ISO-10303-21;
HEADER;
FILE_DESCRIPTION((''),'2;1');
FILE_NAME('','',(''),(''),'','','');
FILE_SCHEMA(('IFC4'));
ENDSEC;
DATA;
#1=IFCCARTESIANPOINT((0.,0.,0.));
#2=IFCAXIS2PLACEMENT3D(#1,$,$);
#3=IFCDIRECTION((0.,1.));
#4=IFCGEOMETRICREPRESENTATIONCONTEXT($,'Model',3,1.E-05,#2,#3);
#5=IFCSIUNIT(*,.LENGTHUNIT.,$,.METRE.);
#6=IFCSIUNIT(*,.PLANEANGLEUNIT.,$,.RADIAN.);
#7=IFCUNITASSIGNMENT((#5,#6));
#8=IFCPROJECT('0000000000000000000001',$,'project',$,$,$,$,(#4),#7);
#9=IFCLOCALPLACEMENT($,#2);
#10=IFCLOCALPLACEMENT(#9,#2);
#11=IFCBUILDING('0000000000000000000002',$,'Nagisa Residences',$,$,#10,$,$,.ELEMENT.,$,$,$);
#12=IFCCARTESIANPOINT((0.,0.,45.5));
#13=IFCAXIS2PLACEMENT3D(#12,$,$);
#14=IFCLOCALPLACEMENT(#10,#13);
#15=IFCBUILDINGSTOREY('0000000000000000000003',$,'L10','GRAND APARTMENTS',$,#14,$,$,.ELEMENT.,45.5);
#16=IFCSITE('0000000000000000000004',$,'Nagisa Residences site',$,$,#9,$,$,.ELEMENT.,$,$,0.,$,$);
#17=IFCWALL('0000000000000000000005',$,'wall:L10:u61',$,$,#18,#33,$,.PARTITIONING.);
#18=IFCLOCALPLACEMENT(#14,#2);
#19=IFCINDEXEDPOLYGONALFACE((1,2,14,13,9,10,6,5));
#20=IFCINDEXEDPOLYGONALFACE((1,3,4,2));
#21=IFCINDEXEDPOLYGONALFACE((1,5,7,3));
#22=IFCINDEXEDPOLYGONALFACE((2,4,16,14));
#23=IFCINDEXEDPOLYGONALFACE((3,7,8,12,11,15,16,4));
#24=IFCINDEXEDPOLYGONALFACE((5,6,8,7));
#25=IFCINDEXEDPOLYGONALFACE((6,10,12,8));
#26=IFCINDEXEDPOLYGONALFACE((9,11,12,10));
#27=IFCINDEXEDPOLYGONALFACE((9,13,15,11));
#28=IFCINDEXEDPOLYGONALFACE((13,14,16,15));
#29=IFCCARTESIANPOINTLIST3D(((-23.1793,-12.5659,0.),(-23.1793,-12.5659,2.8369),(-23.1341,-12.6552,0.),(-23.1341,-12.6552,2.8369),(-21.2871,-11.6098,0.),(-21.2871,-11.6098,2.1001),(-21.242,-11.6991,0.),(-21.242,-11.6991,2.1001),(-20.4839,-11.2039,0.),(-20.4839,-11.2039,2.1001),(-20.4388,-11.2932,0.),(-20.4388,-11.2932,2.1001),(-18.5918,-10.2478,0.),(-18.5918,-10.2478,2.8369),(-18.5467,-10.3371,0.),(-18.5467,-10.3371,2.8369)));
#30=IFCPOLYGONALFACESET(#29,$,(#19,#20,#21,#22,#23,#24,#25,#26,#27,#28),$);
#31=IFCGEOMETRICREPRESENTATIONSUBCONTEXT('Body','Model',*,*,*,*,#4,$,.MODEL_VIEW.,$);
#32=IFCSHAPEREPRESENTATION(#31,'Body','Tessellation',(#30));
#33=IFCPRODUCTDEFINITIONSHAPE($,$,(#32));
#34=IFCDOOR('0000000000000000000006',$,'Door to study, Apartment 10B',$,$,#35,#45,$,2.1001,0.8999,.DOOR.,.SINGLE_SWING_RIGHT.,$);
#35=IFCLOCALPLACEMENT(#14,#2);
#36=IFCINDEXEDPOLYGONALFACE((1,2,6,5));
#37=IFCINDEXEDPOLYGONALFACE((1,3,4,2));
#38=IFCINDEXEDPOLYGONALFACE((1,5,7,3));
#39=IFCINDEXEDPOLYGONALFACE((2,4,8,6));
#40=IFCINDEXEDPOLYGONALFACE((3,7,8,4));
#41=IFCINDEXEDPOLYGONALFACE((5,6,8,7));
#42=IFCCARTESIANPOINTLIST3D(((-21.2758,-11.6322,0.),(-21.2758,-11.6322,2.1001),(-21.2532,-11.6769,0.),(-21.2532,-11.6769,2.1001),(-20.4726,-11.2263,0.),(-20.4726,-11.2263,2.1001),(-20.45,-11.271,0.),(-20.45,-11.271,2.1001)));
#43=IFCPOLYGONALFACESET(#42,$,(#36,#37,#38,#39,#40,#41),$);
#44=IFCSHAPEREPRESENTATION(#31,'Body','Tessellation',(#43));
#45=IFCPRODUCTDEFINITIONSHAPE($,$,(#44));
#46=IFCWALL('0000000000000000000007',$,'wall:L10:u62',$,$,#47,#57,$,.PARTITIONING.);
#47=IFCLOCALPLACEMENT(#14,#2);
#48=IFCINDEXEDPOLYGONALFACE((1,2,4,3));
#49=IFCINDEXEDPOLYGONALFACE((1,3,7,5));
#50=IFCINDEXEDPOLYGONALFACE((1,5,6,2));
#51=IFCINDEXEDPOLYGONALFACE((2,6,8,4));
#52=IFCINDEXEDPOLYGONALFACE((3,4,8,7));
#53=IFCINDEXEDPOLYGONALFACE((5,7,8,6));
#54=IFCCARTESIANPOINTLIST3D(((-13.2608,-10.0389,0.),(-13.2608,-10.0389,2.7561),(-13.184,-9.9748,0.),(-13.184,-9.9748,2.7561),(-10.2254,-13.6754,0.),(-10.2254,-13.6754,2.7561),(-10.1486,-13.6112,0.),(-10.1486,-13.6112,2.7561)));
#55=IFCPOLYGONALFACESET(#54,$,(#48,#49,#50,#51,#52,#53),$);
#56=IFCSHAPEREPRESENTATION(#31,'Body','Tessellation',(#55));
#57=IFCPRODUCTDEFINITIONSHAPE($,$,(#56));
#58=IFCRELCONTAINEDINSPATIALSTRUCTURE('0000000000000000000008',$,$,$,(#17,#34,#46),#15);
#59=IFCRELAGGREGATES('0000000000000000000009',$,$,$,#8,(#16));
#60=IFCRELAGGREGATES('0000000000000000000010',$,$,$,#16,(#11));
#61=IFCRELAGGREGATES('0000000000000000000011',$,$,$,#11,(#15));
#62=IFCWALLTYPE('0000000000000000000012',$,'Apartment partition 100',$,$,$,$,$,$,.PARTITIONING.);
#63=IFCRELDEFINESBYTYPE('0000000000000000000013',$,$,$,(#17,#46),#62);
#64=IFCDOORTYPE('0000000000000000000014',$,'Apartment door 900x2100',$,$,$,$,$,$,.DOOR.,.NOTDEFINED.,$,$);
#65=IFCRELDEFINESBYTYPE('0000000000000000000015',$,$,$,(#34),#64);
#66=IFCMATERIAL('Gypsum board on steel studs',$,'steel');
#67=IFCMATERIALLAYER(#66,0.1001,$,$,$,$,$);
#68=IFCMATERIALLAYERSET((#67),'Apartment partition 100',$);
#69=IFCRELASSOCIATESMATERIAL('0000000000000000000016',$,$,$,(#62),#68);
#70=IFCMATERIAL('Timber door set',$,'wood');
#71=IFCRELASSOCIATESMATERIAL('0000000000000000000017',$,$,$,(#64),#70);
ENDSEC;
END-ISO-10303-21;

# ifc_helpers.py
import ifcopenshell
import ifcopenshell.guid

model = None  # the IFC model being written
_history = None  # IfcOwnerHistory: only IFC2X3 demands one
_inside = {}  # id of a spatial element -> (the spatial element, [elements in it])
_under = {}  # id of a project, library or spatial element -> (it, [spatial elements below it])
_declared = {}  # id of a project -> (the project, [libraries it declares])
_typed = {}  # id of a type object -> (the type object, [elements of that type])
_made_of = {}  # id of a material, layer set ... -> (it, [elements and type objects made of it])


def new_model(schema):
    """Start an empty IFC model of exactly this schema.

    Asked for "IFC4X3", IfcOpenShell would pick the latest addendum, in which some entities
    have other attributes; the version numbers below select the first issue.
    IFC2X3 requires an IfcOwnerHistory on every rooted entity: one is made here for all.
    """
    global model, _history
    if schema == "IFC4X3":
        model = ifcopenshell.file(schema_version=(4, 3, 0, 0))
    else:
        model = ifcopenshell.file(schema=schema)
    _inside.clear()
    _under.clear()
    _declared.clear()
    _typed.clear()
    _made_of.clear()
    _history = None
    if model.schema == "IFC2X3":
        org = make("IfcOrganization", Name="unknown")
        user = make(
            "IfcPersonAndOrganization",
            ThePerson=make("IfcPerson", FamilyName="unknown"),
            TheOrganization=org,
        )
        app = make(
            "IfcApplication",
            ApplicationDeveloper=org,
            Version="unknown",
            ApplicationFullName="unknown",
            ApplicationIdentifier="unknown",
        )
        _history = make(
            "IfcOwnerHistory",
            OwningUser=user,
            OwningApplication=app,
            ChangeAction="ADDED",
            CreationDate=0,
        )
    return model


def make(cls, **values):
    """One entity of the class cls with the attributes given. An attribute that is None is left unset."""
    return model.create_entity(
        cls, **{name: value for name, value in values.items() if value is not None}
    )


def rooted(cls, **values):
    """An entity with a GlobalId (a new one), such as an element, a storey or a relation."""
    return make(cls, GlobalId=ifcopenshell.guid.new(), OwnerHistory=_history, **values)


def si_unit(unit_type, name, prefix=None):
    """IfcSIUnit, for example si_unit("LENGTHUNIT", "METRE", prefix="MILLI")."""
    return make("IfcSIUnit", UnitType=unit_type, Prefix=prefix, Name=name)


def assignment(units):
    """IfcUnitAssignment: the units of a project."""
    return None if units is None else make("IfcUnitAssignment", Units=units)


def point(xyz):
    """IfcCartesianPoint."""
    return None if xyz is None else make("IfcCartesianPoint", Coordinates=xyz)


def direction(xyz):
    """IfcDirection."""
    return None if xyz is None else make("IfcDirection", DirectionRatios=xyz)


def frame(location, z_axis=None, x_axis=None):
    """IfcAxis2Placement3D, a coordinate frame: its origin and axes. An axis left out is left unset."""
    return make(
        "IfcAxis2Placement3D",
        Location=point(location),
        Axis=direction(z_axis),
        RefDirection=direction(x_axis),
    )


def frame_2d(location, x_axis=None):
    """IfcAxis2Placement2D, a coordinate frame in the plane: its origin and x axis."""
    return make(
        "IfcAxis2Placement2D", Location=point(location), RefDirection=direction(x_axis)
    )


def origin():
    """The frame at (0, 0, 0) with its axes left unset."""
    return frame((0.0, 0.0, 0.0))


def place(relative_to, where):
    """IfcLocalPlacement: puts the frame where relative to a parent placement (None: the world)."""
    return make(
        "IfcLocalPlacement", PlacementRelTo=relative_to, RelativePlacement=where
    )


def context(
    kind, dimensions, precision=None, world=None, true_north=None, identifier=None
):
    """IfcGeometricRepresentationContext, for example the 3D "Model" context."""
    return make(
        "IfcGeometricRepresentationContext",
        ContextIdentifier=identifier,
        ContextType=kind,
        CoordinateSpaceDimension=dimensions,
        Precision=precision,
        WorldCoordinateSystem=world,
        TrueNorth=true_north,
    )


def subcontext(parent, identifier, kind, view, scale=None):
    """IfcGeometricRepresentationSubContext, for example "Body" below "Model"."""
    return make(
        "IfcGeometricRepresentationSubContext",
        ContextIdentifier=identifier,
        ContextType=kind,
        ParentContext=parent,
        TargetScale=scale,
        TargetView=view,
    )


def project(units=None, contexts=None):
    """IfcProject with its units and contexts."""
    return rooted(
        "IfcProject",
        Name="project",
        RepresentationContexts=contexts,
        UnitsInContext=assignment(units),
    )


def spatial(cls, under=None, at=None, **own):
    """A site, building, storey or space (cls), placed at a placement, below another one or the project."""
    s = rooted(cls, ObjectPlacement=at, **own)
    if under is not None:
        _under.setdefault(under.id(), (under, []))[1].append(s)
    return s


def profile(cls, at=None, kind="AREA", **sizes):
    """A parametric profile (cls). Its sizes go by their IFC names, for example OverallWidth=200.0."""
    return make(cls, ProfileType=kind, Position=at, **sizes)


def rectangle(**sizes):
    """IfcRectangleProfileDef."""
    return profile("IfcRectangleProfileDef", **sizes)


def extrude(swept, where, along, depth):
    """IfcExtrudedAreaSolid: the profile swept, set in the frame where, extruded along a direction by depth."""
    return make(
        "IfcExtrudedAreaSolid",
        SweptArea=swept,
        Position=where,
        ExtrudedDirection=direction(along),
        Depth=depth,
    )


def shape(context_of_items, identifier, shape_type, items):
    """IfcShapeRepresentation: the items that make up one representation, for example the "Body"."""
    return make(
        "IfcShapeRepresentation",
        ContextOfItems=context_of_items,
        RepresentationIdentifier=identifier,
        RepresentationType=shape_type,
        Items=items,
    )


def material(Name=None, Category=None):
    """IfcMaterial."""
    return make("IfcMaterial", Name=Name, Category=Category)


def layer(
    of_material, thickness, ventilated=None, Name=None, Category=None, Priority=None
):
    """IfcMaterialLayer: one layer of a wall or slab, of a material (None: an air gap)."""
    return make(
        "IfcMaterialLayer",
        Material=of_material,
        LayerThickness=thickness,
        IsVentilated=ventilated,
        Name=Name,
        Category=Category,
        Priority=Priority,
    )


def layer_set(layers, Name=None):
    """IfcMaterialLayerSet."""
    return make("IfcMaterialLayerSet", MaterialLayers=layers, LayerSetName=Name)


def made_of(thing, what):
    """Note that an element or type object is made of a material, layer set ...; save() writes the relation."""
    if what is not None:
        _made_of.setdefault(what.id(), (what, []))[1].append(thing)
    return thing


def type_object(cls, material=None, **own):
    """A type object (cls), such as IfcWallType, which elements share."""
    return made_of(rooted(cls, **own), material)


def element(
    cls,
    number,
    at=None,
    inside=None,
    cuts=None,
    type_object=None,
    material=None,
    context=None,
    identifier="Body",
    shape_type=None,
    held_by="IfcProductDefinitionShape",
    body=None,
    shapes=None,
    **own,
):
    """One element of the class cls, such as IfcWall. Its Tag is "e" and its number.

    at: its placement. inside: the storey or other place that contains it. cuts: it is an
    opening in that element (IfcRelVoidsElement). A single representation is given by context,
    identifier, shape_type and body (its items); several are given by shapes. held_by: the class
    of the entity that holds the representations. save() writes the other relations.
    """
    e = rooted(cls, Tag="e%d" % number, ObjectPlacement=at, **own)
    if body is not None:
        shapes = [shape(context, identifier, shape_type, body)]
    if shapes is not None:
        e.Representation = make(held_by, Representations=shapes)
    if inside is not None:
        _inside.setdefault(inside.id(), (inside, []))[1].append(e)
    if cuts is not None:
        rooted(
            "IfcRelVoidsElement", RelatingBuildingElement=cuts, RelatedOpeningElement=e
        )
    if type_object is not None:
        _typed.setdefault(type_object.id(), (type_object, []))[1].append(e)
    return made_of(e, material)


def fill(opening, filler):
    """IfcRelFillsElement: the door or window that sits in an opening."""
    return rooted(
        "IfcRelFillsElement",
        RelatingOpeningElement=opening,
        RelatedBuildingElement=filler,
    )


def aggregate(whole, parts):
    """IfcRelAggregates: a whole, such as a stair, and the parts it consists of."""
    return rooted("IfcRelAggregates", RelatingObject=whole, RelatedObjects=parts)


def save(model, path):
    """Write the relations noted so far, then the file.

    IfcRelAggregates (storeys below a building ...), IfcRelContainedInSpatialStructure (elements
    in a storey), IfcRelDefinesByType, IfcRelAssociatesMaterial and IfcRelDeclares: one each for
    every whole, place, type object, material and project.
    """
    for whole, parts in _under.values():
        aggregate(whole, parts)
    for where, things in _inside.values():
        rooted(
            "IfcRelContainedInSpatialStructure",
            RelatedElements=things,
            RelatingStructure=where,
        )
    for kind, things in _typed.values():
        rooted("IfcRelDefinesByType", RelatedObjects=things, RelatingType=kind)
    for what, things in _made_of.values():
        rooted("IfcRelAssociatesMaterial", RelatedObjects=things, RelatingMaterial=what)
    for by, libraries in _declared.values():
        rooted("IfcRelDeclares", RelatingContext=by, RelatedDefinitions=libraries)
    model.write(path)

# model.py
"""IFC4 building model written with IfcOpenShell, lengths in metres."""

from ifc_helpers import new_model, si_unit, direction, frame, frame_2d, origin, place, context, subcontext, project, spatial, rectangle, extrude, material, layer, layer_set, type_object, element, fill, save


model = new_model("IFC4")

# Units and contexts
model_context = context("Model", 3, precision=1e-05, world=origin(), true_north=direction((0.0, 1.0)))
body_context = subcontext(model_context, "Body", "Model", "MODEL_VIEW")
ifc_project = project(units=[si_unit("LENGTHUNIT", "METRE"), si_unit("PLANEANGLEUNIT", "RADIAN")], contexts=[model_context])

# Site, building, storey
site_placement = place(None, origin())
site = spatial("IfcSite", under=ifc_project, at=site_placement, Name="Nagisa Residences site", CompositionType="ELEMENT", RefElevation=0.0)
building_placement = place(site_placement, origin())
building = spatial("IfcBuilding", under=site, at=building_placement, Name="Nagisa Residences", CompositionType="ELEMENT")
storey_placement = place(building_placement, frame((0.0, 0.0, 45.5)))
storey = spatial("IfcBuildingStorey", under=building, at=storey_placement, Name="L10", Description="GRAND APARTMENTS", CompositionType="ELEMENT", Elevation=45.5)

# Shared definitions
ifc_material_1 = material(Name="Gypsum board on steel studs", Category="steel")
ifc_layer_1 = layer(ifc_material_1, 0.1001)
ifc_layer_set_1 = layer_set([ifc_layer_1], Name="Apartment partition 100")
wall_type_1 = type_object("IfcWallType", Name="Apartment partition 100", PredefinedType="PARTITIONING", material=ifc_layer_set_1)
ifc_material_2 = material(Name="Timber door set", Category="wood")
door_type_1 = type_object("IfcDoorType", Name="Apartment door 900x2100", OperationType="NOTDEFINED", PredefinedType="DOOR", material=ifc_material_2)

# Wall, opening, door
wall_1_placement = place(storey_placement, frame((-18.5693, -10.2925, 0.0), z_axis=(0.0, 0.0, 1.0), x_axis=(-0.892519, -0.45101, 0.0)))
wall_1 = element("IfcWall", 1, at=wall_1_placement, inside=storey, type_object=wall_type_1, Name="wall:L10:u61", PredefinedType="PARTITIONING", context=body_context, shape_type="SweptSolid", body=[
    extrude(rectangle(XDim=5.1399, YDim=0.1001, at=frame_2d((2.5698, 0.0))), origin(), (0.0, 0.0, 1.0), 2.8369),
])
opening_1_placement = place(wall_1_placement, frame((2.1199, 0.0, 0.0)))
opening_1 = element("IfcOpeningElement", 2, at=opening_1_placement, cuts=wall_1, PredefinedType="OPENING", context=body_context, shape_type="SweptSolid", body=[
    extrude(rectangle(XDim=0.8999, YDim=2.1001, at=frame_2d((0.45, 1.05))), frame((0.0, 0.0601, 0.0), z_axis=(0.0, -1.0, 0.0), x_axis=(1.0, 0.0, 0.0)), (0.0, 0.0, 1.0), 0.1201),
])
door_1_placement = place(opening_1_placement, frame((0.8999, 0.0, 0.0), x_axis=(-1.0, 0.0, 0.0)))
door_1 = element("IfcDoor", 3, at=door_1_placement, inside=storey, type_object=door_type_1, Name="Door to study, Apartment 10B", OperationType="SINGLE_SWING_RIGHT", OverallHeight=2.1001, OverallWidth=0.8999, PredefinedType="DOOR", context=body_context, shape_type="SweptSolid", body=[
    extrude(rectangle(XDim=0.8999, YDim=2.1001, at=frame_2d((0.45, 1.05))), frame((0.0, 0.0249, 0.0), z_axis=(0.0, -1.0, 0.0), x_axis=(1.0, 0.0, 0.0)), (0.0, 0.0, 1.0), 0.05),
])
fill(opening_1, door_1)

# Wall
wall_2_placement = place(storey_placement, frame((-13.2224, -10.0068, 0.0), z_axis=(0.0, 0.0, 1.0), x_axis=(0.640808, -0.767701, 0.0)))
element("IfcWall", 4, at=wall_2_placement, inside=storey, type_object=wall_type_1, Name="wall:L10:u62", PredefinedType="PARTITIONING", context=body_context, shape_type="SweptSolid", body=[
    extrude(rectangle(XDim=4.7368, YDim=0.1001, at=frame_2d((2.3684, 0.0))), origin(), (0.0, 0.0, 1.0), 2.7561),
])

save(model, "model.ifc")
